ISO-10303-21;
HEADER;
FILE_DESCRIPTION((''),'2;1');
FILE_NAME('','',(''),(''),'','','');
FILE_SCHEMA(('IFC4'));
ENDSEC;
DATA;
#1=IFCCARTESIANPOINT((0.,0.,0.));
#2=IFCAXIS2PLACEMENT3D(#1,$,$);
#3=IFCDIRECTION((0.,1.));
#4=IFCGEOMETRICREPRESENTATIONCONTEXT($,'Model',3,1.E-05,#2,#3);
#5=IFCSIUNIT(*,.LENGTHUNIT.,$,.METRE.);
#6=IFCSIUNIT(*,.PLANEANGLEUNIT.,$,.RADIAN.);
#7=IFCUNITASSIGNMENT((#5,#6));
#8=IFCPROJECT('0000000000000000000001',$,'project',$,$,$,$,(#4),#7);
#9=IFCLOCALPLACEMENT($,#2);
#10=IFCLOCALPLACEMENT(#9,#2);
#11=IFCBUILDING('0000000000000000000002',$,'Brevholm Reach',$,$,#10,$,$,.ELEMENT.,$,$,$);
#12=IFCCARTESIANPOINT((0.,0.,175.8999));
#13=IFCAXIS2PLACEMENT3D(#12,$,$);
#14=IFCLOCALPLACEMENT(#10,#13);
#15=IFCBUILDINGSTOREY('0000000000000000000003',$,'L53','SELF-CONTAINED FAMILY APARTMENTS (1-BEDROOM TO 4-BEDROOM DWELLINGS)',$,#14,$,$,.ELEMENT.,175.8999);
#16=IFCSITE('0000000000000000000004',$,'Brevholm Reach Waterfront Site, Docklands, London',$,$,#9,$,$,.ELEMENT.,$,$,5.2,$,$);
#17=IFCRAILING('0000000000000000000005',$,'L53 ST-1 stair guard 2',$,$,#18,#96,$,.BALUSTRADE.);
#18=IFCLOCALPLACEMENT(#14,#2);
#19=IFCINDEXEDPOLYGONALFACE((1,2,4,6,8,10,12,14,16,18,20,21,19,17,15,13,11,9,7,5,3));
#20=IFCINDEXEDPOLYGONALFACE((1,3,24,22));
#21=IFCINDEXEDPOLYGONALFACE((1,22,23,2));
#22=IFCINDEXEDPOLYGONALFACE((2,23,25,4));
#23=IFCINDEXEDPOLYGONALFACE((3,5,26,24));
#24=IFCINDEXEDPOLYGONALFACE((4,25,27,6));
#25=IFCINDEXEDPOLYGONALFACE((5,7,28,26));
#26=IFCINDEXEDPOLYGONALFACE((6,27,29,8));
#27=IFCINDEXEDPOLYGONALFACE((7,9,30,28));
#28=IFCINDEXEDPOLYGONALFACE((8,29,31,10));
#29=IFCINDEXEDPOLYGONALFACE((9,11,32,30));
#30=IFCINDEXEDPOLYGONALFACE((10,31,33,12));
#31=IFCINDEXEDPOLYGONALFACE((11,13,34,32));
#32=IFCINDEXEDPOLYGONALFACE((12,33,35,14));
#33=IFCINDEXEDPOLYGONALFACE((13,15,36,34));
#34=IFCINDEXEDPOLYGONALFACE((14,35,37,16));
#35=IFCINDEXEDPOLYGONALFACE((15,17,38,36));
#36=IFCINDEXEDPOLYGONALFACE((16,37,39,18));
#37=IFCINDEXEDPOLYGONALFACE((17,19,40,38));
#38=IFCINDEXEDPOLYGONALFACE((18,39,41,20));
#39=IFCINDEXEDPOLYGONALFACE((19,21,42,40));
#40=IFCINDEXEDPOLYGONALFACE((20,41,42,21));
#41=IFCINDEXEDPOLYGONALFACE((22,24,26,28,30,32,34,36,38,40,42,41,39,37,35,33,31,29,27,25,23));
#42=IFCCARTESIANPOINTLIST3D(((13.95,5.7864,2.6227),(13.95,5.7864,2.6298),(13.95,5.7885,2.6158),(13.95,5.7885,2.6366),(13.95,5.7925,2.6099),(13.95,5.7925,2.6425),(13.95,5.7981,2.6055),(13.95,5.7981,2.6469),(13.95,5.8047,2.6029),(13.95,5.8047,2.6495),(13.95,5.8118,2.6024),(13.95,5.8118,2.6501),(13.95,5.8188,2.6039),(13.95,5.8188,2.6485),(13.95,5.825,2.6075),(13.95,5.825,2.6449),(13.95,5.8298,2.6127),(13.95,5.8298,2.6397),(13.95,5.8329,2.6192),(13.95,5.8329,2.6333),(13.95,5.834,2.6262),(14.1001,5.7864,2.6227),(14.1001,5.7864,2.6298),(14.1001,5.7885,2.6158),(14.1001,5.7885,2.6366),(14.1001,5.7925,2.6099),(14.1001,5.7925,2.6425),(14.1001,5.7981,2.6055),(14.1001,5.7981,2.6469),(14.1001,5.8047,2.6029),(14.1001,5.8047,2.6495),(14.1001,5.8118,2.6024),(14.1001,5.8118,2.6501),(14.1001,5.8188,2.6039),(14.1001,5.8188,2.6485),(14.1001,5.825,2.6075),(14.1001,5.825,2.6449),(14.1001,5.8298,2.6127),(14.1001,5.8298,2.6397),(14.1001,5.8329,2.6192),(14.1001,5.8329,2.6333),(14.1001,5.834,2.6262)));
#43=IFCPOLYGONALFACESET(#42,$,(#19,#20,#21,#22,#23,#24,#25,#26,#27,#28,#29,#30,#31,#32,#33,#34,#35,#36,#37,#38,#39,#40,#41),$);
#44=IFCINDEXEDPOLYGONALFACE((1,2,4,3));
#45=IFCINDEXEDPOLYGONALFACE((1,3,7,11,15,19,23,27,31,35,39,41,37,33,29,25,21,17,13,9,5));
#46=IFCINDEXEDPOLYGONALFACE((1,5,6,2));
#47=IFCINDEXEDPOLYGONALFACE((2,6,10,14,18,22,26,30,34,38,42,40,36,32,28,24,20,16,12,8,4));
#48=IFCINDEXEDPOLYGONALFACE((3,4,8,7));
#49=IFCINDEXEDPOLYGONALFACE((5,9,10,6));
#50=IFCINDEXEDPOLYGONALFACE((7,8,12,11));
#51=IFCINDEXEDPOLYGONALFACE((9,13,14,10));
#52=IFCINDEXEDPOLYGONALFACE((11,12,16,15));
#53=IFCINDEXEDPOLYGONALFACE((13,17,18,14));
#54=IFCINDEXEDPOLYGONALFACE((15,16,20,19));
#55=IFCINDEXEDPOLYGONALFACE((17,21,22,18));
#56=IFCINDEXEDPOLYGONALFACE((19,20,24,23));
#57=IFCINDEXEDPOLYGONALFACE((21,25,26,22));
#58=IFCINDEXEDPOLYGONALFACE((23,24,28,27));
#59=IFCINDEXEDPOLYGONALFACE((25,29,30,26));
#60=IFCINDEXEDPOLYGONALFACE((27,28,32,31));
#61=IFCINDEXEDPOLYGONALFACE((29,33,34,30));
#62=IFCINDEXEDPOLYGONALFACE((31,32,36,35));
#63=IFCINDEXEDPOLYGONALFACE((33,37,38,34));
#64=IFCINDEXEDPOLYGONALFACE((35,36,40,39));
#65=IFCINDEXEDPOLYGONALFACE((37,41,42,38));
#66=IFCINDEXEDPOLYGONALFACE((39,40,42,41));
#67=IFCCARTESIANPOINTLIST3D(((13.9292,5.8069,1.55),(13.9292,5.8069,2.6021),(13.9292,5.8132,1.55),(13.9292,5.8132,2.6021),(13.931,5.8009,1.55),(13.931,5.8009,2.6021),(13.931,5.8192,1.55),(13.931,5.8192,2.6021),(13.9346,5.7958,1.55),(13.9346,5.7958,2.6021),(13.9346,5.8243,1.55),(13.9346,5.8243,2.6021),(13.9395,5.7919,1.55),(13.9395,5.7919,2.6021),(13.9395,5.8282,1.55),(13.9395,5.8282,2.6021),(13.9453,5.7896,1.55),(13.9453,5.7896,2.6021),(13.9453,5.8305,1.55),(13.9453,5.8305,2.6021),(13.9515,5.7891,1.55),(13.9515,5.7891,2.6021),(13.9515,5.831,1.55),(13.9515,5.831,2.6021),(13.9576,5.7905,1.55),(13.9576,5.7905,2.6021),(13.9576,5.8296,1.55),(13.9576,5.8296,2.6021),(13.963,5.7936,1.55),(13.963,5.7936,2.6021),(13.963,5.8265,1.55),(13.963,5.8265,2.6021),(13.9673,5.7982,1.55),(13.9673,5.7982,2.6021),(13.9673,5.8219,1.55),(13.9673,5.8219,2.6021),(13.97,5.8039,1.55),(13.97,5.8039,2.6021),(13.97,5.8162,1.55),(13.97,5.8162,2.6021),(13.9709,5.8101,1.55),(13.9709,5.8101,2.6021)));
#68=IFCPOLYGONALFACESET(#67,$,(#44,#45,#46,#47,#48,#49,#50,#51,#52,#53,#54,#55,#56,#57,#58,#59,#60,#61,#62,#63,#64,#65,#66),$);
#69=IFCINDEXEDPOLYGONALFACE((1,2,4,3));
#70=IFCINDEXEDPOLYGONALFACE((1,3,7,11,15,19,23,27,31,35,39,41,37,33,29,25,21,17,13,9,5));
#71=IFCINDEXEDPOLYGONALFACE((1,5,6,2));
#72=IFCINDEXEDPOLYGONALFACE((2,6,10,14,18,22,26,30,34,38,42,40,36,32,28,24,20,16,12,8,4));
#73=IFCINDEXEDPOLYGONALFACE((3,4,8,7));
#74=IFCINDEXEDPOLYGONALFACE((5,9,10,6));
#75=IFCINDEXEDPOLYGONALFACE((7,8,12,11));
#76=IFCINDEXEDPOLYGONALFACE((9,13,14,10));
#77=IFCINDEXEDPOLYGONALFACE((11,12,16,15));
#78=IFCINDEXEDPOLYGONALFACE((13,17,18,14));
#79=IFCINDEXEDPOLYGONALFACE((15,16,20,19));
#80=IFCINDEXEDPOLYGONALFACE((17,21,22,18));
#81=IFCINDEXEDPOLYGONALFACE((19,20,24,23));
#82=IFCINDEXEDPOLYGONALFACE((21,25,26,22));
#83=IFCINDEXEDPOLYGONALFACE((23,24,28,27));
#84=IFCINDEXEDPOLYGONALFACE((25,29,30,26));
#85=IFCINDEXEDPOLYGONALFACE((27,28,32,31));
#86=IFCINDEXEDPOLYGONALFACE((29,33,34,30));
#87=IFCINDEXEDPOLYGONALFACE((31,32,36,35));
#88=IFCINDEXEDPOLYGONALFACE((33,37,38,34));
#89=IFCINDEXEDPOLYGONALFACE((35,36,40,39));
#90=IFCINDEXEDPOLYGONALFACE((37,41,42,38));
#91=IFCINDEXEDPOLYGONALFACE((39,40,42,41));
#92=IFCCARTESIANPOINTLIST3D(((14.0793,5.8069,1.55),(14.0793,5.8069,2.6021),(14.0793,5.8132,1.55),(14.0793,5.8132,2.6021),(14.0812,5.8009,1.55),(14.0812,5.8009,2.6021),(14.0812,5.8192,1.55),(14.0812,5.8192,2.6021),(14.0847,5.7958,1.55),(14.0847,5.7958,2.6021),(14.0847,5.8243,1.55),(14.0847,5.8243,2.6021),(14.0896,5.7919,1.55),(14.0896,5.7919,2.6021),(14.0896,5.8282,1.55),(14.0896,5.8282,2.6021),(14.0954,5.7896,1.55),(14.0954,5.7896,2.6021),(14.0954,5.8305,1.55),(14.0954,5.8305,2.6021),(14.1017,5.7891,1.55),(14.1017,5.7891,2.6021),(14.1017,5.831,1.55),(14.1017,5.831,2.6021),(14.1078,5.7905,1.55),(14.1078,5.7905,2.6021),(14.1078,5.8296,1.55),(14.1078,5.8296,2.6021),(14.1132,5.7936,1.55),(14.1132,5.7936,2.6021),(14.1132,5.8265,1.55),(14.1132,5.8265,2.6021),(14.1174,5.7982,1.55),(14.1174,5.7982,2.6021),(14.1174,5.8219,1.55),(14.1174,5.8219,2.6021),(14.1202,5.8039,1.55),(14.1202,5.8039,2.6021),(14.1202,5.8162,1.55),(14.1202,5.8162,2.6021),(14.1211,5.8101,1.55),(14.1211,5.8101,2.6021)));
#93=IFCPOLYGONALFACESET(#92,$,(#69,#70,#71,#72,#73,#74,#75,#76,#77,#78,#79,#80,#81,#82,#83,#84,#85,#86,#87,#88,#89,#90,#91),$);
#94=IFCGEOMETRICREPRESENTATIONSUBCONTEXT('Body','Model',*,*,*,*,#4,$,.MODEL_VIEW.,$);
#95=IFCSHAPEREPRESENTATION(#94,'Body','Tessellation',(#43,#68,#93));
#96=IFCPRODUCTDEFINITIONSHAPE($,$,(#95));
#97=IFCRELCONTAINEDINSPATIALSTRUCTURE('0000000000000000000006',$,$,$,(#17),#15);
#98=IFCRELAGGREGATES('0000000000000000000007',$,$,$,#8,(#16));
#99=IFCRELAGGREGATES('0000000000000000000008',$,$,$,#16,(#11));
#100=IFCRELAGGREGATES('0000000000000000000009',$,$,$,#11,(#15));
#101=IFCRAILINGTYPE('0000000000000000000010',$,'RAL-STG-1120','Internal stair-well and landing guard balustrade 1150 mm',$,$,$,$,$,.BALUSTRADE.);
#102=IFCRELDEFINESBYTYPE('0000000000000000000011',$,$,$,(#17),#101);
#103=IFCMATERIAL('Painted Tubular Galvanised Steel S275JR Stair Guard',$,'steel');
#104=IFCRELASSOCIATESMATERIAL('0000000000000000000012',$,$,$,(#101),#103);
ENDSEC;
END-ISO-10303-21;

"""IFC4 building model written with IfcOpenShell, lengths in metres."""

from ifc_helpers import new_model, si_unit, direction, frame, origin, origin_2d, place, context, subcontext, project, spatial, circle, extrude, material, type_object, element, save


model = new_model("IFC4")

# Units and contexts
model_context = context("Model", 3, precision=1e-05, world=origin(), true_north=direction((0.0, 1.0)))
body_context = subcontext(model_context, "Body", "Model", "MODEL_VIEW")
ifc_project = project(units=[si_unit("LENGTHUNIT", "METRE"), si_unit("PLANEANGLEUNIT", "RADIAN")], contexts=[model_context])

# Site, building, storey
site_placement = place(None, origin())
site = spatial("IfcSite", under=ifc_project, at=site_placement, Name="Brevholm Reach Waterfront Site, Docklands, London", CompositionType="ELEMENT", RefElevation=5.2)
building_placement = place(site_placement, origin())
building = spatial("IfcBuilding", under=site, at=building_placement, Name="Brevholm Reach", CompositionType="ELEMENT")
storey_placement = place(building_placement, frame((0.0, 0.0, 175.8999)))
storey = spatial("IfcBuildingStorey", under=building, at=storey_placement, Name="L53", Description="SELF-CONTAINED FAMILY APARTMENTS (1-BEDROOM TO 4-BEDROOM DWELLINGS)", CompositionType="ELEMENT", Elevation=175.8999)

# Railing
ifc_material_1 = material(Name="Painted Tubular Galvanised Steel S275JR Stair Guard", Category="steel")
railing_type_1 = type_object("IfcRailingType", Name="RAL-STG-1120", Description="Internal stair-well and landing guard balustrade 1150 mm", PredefinedType="BALUSTRADE", material=ifc_material_1)
railing_1_placement = place(storey_placement, frame((13.95, 5.8101, 1.55)))
element("IfcRailing", 1, at=railing_1_placement, inside=storey, type_object=railing_type_1, Name="L53 ST-1 stair guard 2", PredefinedType="BALUSTRADE", context=body_context, shape_type="SweptSolid", body=[
    extrude(circle(Radius=0.0239, at=origin_2d()), frame((0.0, 0.0, 1.0762), z_axis=(1.0, 0.0, 0.0), x_axis=(0.0, 1.0, 0.0)), (0.0, 0.0, 1.0), 0.1501),
    extrude(circle(Radius=0.021, at=origin_2d()), origin(), (0.0, 0.0, 1.0), 1.052),
    extrude(circle(Radius=0.021, at=origin_2d()), frame((0.1501, 0.0, 0.0)), (0.0, 0.0, 1.0), 1.052),
])

save(model, "model.ifc")
